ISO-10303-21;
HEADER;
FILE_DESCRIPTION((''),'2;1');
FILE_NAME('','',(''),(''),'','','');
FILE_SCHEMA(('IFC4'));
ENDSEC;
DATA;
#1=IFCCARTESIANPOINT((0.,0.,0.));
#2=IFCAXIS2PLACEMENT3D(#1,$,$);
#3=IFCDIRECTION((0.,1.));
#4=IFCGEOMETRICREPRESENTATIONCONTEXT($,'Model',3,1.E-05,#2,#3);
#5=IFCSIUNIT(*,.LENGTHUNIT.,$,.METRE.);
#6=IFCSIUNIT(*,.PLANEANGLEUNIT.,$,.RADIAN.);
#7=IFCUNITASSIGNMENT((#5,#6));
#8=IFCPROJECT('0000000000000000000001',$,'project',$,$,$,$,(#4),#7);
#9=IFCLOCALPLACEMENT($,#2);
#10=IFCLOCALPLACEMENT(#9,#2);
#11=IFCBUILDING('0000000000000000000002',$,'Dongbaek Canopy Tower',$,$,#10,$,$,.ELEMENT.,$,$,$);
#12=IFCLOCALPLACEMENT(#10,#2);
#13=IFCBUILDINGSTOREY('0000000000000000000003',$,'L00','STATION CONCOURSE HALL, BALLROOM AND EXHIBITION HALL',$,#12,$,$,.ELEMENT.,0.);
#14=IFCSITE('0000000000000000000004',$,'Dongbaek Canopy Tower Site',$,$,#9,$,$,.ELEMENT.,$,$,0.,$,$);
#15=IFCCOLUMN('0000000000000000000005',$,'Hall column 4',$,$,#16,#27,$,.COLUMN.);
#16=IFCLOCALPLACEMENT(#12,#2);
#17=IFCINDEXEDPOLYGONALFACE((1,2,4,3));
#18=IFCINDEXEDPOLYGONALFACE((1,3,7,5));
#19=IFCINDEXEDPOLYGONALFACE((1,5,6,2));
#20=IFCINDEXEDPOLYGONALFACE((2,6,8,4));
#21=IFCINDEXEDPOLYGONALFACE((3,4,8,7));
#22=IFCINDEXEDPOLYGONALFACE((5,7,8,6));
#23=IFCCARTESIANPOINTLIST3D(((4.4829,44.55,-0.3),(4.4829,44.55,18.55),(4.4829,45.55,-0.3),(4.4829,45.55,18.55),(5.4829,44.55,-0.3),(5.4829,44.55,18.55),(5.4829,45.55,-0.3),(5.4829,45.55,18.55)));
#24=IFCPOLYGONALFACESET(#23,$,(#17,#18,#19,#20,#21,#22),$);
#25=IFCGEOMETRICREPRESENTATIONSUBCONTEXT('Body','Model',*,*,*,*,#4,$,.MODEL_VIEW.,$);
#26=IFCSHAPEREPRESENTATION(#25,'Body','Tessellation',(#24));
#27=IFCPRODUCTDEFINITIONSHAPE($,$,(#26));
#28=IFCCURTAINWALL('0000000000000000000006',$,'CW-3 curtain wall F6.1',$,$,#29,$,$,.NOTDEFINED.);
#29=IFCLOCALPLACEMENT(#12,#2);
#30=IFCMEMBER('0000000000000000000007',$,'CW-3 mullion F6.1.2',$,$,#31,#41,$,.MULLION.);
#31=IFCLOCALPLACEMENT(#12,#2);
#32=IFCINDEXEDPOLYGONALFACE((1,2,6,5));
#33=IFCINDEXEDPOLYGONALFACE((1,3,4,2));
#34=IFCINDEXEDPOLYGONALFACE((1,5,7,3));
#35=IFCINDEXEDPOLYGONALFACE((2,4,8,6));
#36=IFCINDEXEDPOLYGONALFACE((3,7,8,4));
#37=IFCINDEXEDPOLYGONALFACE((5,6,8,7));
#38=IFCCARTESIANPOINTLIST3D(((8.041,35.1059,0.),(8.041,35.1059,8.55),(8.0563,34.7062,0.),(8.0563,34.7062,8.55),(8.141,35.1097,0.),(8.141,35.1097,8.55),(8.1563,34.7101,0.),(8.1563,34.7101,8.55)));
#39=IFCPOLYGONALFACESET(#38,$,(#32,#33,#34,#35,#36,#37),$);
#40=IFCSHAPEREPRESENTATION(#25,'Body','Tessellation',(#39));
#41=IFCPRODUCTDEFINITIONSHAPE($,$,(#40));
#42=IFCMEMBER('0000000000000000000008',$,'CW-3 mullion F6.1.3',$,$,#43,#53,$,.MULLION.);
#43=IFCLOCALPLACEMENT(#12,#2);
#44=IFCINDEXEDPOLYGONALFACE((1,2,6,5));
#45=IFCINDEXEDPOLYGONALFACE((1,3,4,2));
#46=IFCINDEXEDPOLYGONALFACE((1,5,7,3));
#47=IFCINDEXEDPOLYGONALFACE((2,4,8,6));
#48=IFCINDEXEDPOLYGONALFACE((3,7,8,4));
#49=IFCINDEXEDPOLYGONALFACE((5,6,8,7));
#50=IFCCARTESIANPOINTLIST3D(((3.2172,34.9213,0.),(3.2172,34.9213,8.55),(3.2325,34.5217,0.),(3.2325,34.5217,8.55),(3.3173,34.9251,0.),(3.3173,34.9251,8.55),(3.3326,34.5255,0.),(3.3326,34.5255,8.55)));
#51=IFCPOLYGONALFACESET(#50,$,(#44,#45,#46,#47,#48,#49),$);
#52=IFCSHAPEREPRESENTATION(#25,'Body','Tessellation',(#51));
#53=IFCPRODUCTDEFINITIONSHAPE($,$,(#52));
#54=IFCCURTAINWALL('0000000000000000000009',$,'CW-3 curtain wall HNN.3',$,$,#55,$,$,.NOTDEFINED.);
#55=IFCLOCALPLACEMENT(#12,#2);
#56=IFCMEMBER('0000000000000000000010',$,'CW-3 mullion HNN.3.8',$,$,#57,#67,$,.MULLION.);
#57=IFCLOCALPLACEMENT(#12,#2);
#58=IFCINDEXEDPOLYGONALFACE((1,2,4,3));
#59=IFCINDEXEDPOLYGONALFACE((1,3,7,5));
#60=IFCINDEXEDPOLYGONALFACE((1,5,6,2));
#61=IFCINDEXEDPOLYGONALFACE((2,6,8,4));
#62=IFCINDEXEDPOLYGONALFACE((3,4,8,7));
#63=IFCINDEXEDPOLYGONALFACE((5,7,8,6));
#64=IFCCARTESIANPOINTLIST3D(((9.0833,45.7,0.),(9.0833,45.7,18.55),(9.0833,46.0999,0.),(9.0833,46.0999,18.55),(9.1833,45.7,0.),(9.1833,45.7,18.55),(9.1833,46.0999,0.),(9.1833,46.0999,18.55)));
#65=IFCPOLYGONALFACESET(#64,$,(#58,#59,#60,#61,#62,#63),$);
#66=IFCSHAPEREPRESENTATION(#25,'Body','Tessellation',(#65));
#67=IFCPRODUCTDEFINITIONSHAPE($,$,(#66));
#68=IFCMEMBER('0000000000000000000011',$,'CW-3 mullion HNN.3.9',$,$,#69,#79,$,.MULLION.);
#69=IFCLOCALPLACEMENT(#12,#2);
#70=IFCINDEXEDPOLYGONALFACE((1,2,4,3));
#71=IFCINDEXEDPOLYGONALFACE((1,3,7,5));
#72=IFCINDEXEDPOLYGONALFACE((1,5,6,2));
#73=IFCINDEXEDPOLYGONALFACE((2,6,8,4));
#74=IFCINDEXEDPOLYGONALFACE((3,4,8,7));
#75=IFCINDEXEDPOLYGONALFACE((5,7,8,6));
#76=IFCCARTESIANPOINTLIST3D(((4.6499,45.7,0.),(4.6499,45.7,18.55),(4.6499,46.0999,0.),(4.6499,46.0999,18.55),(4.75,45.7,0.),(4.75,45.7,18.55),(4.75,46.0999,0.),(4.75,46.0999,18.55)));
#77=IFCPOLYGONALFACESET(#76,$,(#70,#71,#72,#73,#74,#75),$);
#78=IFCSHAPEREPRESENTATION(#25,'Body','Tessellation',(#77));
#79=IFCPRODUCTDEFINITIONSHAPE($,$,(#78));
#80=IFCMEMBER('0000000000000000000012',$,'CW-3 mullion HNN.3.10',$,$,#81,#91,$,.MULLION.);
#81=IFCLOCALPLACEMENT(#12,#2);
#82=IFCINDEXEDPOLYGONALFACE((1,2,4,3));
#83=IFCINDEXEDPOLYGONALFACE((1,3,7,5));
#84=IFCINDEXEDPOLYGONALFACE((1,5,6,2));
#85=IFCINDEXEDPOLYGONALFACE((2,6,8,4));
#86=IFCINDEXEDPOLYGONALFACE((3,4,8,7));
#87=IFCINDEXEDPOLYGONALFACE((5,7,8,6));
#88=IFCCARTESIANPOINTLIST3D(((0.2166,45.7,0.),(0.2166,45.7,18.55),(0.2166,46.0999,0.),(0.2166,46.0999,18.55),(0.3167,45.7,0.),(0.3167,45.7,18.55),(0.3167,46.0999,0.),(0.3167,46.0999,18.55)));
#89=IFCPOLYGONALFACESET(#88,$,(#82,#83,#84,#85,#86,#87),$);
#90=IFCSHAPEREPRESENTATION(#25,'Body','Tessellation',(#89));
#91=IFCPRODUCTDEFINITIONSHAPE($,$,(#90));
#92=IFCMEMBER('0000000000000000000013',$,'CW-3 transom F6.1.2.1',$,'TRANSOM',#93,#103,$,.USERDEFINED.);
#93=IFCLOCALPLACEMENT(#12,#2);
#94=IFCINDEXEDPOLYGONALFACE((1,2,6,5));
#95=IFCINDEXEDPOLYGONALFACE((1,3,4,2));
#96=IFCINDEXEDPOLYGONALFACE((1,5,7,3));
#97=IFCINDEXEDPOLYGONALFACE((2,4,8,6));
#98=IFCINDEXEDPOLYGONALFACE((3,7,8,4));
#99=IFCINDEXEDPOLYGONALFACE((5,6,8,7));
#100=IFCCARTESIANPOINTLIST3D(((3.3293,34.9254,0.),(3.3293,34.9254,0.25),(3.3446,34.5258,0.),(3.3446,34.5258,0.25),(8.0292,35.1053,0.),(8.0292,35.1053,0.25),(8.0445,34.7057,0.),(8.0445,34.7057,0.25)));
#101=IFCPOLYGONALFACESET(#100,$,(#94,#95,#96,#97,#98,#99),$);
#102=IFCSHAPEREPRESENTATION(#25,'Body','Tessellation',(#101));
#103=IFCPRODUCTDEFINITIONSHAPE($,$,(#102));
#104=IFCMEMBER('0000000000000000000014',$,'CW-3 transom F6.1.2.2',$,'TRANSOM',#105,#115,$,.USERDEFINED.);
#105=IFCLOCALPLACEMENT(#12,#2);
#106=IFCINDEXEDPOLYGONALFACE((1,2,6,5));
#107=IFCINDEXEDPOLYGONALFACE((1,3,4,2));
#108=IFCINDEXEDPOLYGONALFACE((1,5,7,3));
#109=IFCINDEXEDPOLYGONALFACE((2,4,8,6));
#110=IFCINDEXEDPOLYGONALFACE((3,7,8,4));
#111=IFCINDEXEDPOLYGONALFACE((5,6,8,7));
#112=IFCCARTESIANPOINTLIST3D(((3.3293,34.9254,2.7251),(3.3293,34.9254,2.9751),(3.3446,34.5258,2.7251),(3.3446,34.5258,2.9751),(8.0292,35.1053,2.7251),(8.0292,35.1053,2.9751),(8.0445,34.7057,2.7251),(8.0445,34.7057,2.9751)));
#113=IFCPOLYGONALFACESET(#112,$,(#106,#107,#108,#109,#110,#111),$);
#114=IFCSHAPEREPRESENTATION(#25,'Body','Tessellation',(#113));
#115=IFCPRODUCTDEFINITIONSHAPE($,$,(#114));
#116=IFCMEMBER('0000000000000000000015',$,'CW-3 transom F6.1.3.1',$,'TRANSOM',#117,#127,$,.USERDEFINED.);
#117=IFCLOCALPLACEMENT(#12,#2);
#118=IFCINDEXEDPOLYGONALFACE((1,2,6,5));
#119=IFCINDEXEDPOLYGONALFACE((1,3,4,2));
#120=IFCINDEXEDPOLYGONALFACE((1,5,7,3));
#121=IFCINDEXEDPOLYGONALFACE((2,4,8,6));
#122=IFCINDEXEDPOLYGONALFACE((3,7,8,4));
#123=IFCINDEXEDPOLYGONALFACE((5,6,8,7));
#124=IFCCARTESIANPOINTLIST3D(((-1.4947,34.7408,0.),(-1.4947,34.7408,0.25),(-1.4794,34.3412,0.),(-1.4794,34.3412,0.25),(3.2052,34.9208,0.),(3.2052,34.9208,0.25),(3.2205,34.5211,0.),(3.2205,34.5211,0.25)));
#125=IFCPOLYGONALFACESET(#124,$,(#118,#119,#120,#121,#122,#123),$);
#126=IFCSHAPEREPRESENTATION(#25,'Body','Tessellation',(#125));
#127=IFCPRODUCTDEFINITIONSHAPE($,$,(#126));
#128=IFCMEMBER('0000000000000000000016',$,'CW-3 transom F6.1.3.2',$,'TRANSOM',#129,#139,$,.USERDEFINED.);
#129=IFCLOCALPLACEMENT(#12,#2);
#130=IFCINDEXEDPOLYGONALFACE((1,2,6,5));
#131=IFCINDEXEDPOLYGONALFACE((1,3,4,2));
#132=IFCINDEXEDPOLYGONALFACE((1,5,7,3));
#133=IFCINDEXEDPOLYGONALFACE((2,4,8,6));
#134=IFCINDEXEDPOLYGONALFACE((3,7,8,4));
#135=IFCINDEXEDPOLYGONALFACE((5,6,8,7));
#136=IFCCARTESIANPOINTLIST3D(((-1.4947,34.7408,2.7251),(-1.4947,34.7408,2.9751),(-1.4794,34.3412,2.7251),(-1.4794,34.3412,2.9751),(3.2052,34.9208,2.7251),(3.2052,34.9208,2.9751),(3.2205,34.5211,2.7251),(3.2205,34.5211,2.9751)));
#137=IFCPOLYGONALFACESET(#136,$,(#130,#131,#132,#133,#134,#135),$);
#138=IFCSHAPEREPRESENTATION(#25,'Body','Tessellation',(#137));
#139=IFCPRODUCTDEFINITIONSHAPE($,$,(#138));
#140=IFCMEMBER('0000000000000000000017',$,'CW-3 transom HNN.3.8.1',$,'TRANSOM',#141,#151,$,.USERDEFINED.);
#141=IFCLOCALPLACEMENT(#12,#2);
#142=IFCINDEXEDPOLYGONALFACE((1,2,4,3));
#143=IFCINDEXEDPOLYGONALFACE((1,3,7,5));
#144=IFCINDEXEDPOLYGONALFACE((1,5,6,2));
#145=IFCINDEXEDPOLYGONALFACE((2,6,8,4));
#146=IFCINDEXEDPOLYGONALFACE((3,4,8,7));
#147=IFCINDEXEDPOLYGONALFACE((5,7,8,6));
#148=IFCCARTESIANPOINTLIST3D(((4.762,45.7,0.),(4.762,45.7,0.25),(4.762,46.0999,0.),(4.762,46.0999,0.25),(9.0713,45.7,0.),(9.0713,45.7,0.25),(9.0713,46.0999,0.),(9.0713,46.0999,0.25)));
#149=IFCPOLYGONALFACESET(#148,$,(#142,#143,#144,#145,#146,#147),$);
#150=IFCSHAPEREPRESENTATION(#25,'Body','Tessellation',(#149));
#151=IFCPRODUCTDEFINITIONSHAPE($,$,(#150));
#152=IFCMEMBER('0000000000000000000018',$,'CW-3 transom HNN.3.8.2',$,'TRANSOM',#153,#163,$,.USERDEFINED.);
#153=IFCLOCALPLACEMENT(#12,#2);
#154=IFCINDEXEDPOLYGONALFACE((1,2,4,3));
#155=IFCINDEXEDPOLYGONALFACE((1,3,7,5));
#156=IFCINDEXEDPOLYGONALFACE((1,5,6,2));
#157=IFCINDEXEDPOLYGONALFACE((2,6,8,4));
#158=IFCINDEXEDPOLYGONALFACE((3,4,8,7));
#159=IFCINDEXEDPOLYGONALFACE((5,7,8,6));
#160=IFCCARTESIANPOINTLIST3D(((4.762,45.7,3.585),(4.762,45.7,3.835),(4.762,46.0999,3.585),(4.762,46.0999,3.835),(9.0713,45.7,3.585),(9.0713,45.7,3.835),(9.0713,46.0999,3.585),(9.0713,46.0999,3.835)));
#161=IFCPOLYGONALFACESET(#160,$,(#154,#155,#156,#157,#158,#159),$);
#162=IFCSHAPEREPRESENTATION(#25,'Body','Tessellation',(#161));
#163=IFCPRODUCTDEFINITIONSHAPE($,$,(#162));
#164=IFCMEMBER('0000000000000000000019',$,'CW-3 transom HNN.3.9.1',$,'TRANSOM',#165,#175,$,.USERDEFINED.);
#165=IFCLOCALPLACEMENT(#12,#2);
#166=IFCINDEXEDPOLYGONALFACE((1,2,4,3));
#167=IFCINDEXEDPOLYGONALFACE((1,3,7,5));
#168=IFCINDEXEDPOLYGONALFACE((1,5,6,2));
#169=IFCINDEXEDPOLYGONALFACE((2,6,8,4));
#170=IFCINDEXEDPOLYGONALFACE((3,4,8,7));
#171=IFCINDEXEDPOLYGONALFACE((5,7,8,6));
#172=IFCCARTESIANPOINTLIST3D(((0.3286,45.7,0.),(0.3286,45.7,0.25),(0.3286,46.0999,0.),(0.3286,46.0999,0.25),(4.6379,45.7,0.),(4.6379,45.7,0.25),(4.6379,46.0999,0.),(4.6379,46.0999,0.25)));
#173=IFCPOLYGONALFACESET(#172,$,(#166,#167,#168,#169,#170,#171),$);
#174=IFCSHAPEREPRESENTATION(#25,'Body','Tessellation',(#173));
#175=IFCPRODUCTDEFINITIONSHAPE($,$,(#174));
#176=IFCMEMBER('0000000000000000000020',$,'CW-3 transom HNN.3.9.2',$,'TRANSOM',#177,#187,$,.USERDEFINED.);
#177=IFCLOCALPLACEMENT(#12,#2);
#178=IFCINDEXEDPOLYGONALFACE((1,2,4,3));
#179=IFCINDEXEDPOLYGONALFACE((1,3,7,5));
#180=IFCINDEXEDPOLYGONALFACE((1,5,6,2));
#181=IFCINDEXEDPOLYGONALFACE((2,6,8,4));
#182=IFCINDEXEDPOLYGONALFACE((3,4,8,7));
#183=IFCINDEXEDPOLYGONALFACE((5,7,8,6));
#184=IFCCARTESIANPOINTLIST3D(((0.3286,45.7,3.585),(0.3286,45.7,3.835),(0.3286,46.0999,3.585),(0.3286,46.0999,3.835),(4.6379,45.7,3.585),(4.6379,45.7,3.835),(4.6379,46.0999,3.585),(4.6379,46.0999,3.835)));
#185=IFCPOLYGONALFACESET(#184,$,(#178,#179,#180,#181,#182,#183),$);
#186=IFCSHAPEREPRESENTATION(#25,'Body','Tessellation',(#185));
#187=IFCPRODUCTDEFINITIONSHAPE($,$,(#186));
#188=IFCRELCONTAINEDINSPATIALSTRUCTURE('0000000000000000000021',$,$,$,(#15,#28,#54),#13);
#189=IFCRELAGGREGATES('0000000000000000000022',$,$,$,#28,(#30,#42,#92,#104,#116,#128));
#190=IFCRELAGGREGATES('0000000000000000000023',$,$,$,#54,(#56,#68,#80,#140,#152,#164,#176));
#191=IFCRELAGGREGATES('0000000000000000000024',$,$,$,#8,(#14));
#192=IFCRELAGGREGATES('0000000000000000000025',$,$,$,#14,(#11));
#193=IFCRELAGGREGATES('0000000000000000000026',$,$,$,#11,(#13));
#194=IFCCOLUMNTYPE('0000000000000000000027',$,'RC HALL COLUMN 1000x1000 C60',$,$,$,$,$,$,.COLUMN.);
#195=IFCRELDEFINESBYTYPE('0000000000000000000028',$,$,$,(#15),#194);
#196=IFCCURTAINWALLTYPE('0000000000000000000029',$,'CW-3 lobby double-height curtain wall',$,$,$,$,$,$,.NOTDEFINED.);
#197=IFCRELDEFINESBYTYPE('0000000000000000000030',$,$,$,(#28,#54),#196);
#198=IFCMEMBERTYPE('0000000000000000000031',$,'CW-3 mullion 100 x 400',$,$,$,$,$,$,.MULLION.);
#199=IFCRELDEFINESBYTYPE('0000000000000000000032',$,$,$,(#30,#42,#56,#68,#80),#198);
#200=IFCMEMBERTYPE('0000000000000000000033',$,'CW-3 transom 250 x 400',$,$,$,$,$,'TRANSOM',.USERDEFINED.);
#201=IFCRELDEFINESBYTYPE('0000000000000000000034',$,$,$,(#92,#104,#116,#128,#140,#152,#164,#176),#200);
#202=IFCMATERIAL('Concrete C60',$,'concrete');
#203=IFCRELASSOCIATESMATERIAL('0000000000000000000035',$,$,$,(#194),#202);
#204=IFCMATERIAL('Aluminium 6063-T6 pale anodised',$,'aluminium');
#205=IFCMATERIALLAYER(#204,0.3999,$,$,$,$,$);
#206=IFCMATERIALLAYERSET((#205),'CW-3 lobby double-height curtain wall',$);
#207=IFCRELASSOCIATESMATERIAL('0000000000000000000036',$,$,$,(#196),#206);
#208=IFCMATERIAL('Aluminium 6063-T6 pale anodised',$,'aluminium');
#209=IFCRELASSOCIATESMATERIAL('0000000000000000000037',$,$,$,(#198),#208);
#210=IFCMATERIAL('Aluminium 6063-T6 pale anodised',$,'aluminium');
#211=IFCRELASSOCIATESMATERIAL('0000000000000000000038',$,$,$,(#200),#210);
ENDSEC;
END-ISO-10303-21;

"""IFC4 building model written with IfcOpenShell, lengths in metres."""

from ifc_helpers import new_model, si_unit, direction, frame, origin, origin_2d, place, context, subcontext, project, spatial, rectangle, extrude, material, layer, layer_set, material_profile, profile_set, type_object, element, aggregate, save


model = new_model("IFC4")

# Units and contexts
model_context = context("Model", 3, precision=1e-05, world=origin(), true_north=direction((0.0, 1.0)))
body_context = subcontext(model_context, "Body", "Model", "MODEL_VIEW")
ifc_project = project(units=[si_unit("LENGTHUNIT", "METRE"), si_unit("PLANEANGLEUNIT", "RADIAN")], contexts=[model_context])

# Site, building, storey
site_placement = place(None, origin())
site = spatial("IfcSite", under=ifc_project, at=site_placement, Name="Dongbaek Canopy Tower Site", CompositionType="ELEMENT", RefElevation=0.0)
building_placement = place(site_placement, origin())
building = spatial("IfcBuilding", under=site, at=building_placement, Name="Dongbaek Canopy Tower", CompositionType="ELEMENT")
storey_placement = place(building_placement, origin())
storey = spatial("IfcBuildingStorey", under=building, at=storey_placement, Name="L00", Description="STATION CONCOURSE HALL, BALLROOM AND EXHIBITION HALL", CompositionType="ELEMENT", Elevation=0.0)

# Column
ifc_material_1 = material(Name="Concrete C60", Category="concrete")
ifc_material_profile_1 = material_profile(ifc_material_1, rectangle(XDim=1.0, YDim=1.0, at=origin_2d()), Name="RC HALL COLUMN 1000x1000 C60")
ifc_profile_set_1 = profile_set([ifc_material_profile_1], Name="Concrete C60")
column_type = type_object("IfcColumnType", Name="RC HALL COLUMN 1000x1000 C60", PredefinedType="COLUMN", material=ifc_profile_set_1)
column_placement = place(storey_placement, frame((4.9829, 45.05, -0.3), z_axis=(0.0, 0.0, 1.0), x_axis=(1.0, 0.0, 0.0)))
element("IfcColumn", 1, at=column_placement, inside=storey, type_object=column_type, Name="Hall column 4", PredefinedType="COLUMN", context=body_context, shape_type="SweptSolid", body=[
    extrude(rectangle(XDim=1.0, YDim=1.0, at=origin_2d()), origin(), (0.0, 0.0, 1.0), 18.8501),
])

# Curtain walls, members
ifc_material_2 = material(Name="Aluminium 6063-T6 pale anodised", Category="aluminium")
ifc_layer_1 = layer(ifc_material_2, 0.3999)
ifc_layer_set_1 = layer_set([ifc_layer_1], Name="CW-3 lobby double-height curtain wall")
curtain_wall_type = type_object("IfcCurtainWallType", Name="CW-3 lobby double-height curtain wall", PredefinedType="NOTDEFINED", material=ifc_layer_set_1)
curtain_wall_1_placement = place(storey_placement, origin())
curtain_wall_1 = element("IfcCurtainWall", 2, at=curtain_wall_1_placement, inside=storey, type_object=curtain_wall_type, Name="CW-3 curtain wall F6.1", PredefinedType="NOTDEFINED")
ifc_material_3 = material(Name="Aluminium 6063-T6 pale anodised", Category="aluminium")
ifc_material_profile_2 = material_profile(ifc_material_3, rectangle(XDim=0.3999, YDim=0.1001, at=origin_2d()), Name="CW-3 mullion 100 x 400")
ifc_profile_set_2 = profile_set([ifc_material_profile_2], Name="Aluminium 6063-T6 pale anodised")
member_type_1 = type_object("IfcMemberType", Name="CW-3 mullion 100 x 400", PredefinedType="MULLION", material=ifc_profile_set_2)
member_1_placement = place(storey_placement, frame((8.0986, 34.908, 0.0), z_axis=(0.0, 0.0, 1.0), x_axis=(-0.038232, 0.999269, 0.0)))
member_1 = element("IfcMember", 3, at=member_1_placement, type_object=member_type_1, Name="CW-3 mullion F6.1.2", PredefinedType="MULLION", context=body_context, shape_type="SweptSolid", body=[
    extrude(rectangle(XDim=0.3999, YDim=0.1001, at=origin_2d()), origin(), (0.0, 0.0, 1.0), 8.55),
])
member_2_placement = place(storey_placement, frame((3.2749, 34.7234, 0.0), z_axis=(0.0, 0.0, 1.0), x_axis=(-0.038232, 0.999269, 0.0)))
member_2 = element("IfcMember", 4, at=member_2_placement, type_object=member_type_1, Name="CW-3 mullion F6.1.3", PredefinedType="MULLION", context=body_context, shape_type="SweptSolid", body=[
    extrude(rectangle(XDim=0.3999, YDim=0.1001, at=origin_2d()), origin(), (0.0, 0.0, 1.0), 8.55),
])
curtain_wall_2_placement = place(storey_placement, origin())
curtain_wall_2 = element("IfcCurtainWall", 5, at=curtain_wall_2_placement, inside=storey, type_object=curtain_wall_type, Name="CW-3 curtain wall HNN.3", PredefinedType="NOTDEFINED")
member_3_placement = place(storey_placement, frame((9.1333, 45.8999, 0.0), z_axis=(0.0, 0.0, 1.0), x_axis=(0.0, 1.0, 0.0)))
member_3 = element("IfcMember", 6, at=member_3_placement, type_object=member_type_1, Name="CW-3 mullion HNN.3.8", PredefinedType="MULLION", context=body_context, shape_type="SweptSolid", body=[
    extrude(rectangle(XDim=0.3999, YDim=0.1001, at=origin_2d()), origin(), (0.0, 0.0, 1.0), 18.55),
])
member_4_placement = place(storey_placement, frame((4.7, 45.8999, 0.0), z_axis=(0.0, 0.0, 1.0), x_axis=(0.0, 1.0, 0.0)))
member_4 = element("IfcMember", 7, at=member_4_placement, type_object=member_type_1, Name="CW-3 mullion HNN.3.9", PredefinedType="MULLION", context=body_context, shape_type="SweptSolid", body=[
    extrude(rectangle(XDim=0.3999, YDim=0.1001, at=origin_2d()), origin(), (0.0, 0.0, 1.0), 18.55),
])
member_5_placement = place(storey_placement, frame((0.2666, 45.8999, 0.0), z_axis=(0.0, 0.0, 1.0), x_axis=(0.0, 1.0, 0.0)))
member_5 = element("IfcMember", 8, at=member_5_placement, type_object=member_type_1, Name="CW-3 mullion HNN.3.10", PredefinedType="MULLION", context=body_context, shape_type="SweptSolid", body=[
    extrude(rectangle(XDim=0.3999, YDim=0.1001, at=origin_2d()), origin(), (0.0, 0.0, 1.0), 18.55),
])

# Members
ifc_material_4 = material(Name="Aluminium 6063-T6 pale anodised", Category="aluminium")
ifc_material_profile_3 = material_profile(ifc_material_4, rectangle(XDim=0.3999, YDim=0.25, at=origin_2d()), Name="CW-3 transom 250 x 400")
ifc_profile_set_3 = profile_set([ifc_material_profile_3], Name="Aluminium 6063-T6 pale anodised")
member_type_2 = type_object("IfcMemberType", Name="CW-3 transom 250 x 400", ElementType="TRANSOM", PredefinedType="USERDEFINED", material=ifc_profile_set_3)
member_6_placement = place(storey_placement, frame((8.0369, 34.9055, 0.125), z_axis=(-0.999268, -0.038256, 0.0), x_axis=(0.038256, -0.999268, 0.0)))
member_6 = element("IfcMember", 9, at=member_6_placement, type_object=member_type_2, Name="CW-3 transom F6.1.2.1", ObjectType="TRANSOM", PredefinedType="USERDEFINED", context=body_context, shape_type="SweptSolid", body=[
    extrude(rectangle(XDim=0.3999, YDim=0.25, at=origin_2d()), origin(), (0.0, 0.0, 1.0), 4.7034),
])
member_7_placement = place(storey_placement, frame((8.0369, 34.9055, 2.8501), z_axis=(-0.999268, -0.038256, 0.0), x_axis=(0.038256, -0.999268, 0.0)))
member_7 = element("IfcMember", 10, at=member_7_placement, type_object=member_type_2, Name="CW-3 transom F6.1.2.2", ObjectType="TRANSOM", PredefinedType="USERDEFINED", context=body_context, shape_type="SweptSolid", body=[
    extrude(rectangle(XDim=0.3999, YDim=0.25, at=origin_2d()), origin(), (0.0, 0.0, 1.0), 4.7034),
])
member_8_placement = place(storey_placement, frame((3.2129, 34.7209, 0.125), z_axis=(-0.999268, -0.038256, 0.0), x_axis=(0.038256, -0.999268, 0.0)))
member_8 = element("IfcMember", 11, at=member_8_placement, type_object=member_type_2, Name="CW-3 transom F6.1.3.1", ObjectType="TRANSOM", PredefinedType="USERDEFINED", context=body_context, shape_type="SweptSolid", body=[
    extrude(rectangle(XDim=0.3999, YDim=0.25, at=origin_2d()), origin(), (0.0, 0.0, 1.0), 4.7034),
])
member_9_placement = place(storey_placement, frame((3.2129, 34.7209, 2.8501), z_axis=(-0.999268, -0.038256, 0.0), x_axis=(0.038256, -0.999268, 0.0)))
member_9 = element("IfcMember", 12, at=member_9_placement, type_object=member_type_2, Name="CW-3 transom F6.1.3.2", ObjectType="TRANSOM", PredefinedType="USERDEFINED", context=body_context, shape_type="SweptSolid", body=[
    extrude(rectangle(XDim=0.3999, YDim=0.25, at=origin_2d()), origin(), (0.0, 0.0, 1.0), 4.7034),
])
member_10_placement = place(storey_placement, frame((9.0713, 45.8999, 0.125), z_axis=(-1.0, 0.0, 0.0), x_axis=(0.0, -1.0, 0.0)))
member_10 = element("IfcMember", 13, at=member_10_placement, type_object=member_type_2, Name="CW-3 transom HNN.3.8.1", ObjectType="TRANSOM", PredefinedType="USERDEFINED", context=body_context, shape_type="SweptSolid", body=[
    extrude(rectangle(XDim=0.3999, YDim=0.25, at=origin_2d()), origin(), (0.0, 0.0, 1.0), 4.3093),
])
member_11_placement = place(storey_placement, frame((9.0713, 45.8999, 3.71), z_axis=(-1.0, 0.0, 0.0), x_axis=(0.0, -1.0, 0.0)))
member_11 = element("IfcMember", 14, at=member_11_placement, type_object=member_type_2, Name="CW-3 transom HNN.3.8.2", ObjectType="TRANSOM", PredefinedType="USERDEFINED", context=body_context, shape_type="SweptSolid", body=[
    extrude(rectangle(XDim=0.3999, YDim=0.25, at=origin_2d()), origin(), (0.0, 0.0, 1.0), 4.3093),
])
member_12_placement = place(storey_placement, frame((4.6379, 45.8999, 0.125), z_axis=(-1.0, 0.0, 0.0), x_axis=(0.0, -1.0, 0.0)))
member_12 = element("IfcMember", 15, at=member_12_placement, type_object=member_type_2, Name="CW-3 transom HNN.3.9.1", ObjectType="TRANSOM", PredefinedType="USERDEFINED", context=body_context, shape_type="SweptSolid", body=[
    extrude(rectangle(XDim=0.3999, YDim=0.25, at=origin_2d()), origin(), (0.0, 0.0, 1.0), 4.3093),
])
member_13_placement = place(storey_placement, frame((4.6379, 45.8999, 3.71), z_axis=(-1.0, 0.0, 0.0), x_axis=(0.0, -1.0, 0.0)))
member_13 = element("IfcMember", 16, at=member_13_placement, type_object=member_type_2, Name="CW-3 transom HNN.3.9.2", ObjectType="TRANSOM", PredefinedType="USERDEFINED", context=body_context, shape_type="SweptSolid", body=[
    extrude(rectangle(XDim=0.3999, YDim=0.25, at=origin_2d()), origin(), (0.0, 0.0, 1.0), 4.3093),
])

aggregate(curtain_wall_1, [member_1, member_2, member_6, member_7, member_8, member_9])
aggregate(curtain_wall_2, [member_3, member_4, member_5, member_10, member_11, member_12, member_13])

save(model, "model.ifc")
